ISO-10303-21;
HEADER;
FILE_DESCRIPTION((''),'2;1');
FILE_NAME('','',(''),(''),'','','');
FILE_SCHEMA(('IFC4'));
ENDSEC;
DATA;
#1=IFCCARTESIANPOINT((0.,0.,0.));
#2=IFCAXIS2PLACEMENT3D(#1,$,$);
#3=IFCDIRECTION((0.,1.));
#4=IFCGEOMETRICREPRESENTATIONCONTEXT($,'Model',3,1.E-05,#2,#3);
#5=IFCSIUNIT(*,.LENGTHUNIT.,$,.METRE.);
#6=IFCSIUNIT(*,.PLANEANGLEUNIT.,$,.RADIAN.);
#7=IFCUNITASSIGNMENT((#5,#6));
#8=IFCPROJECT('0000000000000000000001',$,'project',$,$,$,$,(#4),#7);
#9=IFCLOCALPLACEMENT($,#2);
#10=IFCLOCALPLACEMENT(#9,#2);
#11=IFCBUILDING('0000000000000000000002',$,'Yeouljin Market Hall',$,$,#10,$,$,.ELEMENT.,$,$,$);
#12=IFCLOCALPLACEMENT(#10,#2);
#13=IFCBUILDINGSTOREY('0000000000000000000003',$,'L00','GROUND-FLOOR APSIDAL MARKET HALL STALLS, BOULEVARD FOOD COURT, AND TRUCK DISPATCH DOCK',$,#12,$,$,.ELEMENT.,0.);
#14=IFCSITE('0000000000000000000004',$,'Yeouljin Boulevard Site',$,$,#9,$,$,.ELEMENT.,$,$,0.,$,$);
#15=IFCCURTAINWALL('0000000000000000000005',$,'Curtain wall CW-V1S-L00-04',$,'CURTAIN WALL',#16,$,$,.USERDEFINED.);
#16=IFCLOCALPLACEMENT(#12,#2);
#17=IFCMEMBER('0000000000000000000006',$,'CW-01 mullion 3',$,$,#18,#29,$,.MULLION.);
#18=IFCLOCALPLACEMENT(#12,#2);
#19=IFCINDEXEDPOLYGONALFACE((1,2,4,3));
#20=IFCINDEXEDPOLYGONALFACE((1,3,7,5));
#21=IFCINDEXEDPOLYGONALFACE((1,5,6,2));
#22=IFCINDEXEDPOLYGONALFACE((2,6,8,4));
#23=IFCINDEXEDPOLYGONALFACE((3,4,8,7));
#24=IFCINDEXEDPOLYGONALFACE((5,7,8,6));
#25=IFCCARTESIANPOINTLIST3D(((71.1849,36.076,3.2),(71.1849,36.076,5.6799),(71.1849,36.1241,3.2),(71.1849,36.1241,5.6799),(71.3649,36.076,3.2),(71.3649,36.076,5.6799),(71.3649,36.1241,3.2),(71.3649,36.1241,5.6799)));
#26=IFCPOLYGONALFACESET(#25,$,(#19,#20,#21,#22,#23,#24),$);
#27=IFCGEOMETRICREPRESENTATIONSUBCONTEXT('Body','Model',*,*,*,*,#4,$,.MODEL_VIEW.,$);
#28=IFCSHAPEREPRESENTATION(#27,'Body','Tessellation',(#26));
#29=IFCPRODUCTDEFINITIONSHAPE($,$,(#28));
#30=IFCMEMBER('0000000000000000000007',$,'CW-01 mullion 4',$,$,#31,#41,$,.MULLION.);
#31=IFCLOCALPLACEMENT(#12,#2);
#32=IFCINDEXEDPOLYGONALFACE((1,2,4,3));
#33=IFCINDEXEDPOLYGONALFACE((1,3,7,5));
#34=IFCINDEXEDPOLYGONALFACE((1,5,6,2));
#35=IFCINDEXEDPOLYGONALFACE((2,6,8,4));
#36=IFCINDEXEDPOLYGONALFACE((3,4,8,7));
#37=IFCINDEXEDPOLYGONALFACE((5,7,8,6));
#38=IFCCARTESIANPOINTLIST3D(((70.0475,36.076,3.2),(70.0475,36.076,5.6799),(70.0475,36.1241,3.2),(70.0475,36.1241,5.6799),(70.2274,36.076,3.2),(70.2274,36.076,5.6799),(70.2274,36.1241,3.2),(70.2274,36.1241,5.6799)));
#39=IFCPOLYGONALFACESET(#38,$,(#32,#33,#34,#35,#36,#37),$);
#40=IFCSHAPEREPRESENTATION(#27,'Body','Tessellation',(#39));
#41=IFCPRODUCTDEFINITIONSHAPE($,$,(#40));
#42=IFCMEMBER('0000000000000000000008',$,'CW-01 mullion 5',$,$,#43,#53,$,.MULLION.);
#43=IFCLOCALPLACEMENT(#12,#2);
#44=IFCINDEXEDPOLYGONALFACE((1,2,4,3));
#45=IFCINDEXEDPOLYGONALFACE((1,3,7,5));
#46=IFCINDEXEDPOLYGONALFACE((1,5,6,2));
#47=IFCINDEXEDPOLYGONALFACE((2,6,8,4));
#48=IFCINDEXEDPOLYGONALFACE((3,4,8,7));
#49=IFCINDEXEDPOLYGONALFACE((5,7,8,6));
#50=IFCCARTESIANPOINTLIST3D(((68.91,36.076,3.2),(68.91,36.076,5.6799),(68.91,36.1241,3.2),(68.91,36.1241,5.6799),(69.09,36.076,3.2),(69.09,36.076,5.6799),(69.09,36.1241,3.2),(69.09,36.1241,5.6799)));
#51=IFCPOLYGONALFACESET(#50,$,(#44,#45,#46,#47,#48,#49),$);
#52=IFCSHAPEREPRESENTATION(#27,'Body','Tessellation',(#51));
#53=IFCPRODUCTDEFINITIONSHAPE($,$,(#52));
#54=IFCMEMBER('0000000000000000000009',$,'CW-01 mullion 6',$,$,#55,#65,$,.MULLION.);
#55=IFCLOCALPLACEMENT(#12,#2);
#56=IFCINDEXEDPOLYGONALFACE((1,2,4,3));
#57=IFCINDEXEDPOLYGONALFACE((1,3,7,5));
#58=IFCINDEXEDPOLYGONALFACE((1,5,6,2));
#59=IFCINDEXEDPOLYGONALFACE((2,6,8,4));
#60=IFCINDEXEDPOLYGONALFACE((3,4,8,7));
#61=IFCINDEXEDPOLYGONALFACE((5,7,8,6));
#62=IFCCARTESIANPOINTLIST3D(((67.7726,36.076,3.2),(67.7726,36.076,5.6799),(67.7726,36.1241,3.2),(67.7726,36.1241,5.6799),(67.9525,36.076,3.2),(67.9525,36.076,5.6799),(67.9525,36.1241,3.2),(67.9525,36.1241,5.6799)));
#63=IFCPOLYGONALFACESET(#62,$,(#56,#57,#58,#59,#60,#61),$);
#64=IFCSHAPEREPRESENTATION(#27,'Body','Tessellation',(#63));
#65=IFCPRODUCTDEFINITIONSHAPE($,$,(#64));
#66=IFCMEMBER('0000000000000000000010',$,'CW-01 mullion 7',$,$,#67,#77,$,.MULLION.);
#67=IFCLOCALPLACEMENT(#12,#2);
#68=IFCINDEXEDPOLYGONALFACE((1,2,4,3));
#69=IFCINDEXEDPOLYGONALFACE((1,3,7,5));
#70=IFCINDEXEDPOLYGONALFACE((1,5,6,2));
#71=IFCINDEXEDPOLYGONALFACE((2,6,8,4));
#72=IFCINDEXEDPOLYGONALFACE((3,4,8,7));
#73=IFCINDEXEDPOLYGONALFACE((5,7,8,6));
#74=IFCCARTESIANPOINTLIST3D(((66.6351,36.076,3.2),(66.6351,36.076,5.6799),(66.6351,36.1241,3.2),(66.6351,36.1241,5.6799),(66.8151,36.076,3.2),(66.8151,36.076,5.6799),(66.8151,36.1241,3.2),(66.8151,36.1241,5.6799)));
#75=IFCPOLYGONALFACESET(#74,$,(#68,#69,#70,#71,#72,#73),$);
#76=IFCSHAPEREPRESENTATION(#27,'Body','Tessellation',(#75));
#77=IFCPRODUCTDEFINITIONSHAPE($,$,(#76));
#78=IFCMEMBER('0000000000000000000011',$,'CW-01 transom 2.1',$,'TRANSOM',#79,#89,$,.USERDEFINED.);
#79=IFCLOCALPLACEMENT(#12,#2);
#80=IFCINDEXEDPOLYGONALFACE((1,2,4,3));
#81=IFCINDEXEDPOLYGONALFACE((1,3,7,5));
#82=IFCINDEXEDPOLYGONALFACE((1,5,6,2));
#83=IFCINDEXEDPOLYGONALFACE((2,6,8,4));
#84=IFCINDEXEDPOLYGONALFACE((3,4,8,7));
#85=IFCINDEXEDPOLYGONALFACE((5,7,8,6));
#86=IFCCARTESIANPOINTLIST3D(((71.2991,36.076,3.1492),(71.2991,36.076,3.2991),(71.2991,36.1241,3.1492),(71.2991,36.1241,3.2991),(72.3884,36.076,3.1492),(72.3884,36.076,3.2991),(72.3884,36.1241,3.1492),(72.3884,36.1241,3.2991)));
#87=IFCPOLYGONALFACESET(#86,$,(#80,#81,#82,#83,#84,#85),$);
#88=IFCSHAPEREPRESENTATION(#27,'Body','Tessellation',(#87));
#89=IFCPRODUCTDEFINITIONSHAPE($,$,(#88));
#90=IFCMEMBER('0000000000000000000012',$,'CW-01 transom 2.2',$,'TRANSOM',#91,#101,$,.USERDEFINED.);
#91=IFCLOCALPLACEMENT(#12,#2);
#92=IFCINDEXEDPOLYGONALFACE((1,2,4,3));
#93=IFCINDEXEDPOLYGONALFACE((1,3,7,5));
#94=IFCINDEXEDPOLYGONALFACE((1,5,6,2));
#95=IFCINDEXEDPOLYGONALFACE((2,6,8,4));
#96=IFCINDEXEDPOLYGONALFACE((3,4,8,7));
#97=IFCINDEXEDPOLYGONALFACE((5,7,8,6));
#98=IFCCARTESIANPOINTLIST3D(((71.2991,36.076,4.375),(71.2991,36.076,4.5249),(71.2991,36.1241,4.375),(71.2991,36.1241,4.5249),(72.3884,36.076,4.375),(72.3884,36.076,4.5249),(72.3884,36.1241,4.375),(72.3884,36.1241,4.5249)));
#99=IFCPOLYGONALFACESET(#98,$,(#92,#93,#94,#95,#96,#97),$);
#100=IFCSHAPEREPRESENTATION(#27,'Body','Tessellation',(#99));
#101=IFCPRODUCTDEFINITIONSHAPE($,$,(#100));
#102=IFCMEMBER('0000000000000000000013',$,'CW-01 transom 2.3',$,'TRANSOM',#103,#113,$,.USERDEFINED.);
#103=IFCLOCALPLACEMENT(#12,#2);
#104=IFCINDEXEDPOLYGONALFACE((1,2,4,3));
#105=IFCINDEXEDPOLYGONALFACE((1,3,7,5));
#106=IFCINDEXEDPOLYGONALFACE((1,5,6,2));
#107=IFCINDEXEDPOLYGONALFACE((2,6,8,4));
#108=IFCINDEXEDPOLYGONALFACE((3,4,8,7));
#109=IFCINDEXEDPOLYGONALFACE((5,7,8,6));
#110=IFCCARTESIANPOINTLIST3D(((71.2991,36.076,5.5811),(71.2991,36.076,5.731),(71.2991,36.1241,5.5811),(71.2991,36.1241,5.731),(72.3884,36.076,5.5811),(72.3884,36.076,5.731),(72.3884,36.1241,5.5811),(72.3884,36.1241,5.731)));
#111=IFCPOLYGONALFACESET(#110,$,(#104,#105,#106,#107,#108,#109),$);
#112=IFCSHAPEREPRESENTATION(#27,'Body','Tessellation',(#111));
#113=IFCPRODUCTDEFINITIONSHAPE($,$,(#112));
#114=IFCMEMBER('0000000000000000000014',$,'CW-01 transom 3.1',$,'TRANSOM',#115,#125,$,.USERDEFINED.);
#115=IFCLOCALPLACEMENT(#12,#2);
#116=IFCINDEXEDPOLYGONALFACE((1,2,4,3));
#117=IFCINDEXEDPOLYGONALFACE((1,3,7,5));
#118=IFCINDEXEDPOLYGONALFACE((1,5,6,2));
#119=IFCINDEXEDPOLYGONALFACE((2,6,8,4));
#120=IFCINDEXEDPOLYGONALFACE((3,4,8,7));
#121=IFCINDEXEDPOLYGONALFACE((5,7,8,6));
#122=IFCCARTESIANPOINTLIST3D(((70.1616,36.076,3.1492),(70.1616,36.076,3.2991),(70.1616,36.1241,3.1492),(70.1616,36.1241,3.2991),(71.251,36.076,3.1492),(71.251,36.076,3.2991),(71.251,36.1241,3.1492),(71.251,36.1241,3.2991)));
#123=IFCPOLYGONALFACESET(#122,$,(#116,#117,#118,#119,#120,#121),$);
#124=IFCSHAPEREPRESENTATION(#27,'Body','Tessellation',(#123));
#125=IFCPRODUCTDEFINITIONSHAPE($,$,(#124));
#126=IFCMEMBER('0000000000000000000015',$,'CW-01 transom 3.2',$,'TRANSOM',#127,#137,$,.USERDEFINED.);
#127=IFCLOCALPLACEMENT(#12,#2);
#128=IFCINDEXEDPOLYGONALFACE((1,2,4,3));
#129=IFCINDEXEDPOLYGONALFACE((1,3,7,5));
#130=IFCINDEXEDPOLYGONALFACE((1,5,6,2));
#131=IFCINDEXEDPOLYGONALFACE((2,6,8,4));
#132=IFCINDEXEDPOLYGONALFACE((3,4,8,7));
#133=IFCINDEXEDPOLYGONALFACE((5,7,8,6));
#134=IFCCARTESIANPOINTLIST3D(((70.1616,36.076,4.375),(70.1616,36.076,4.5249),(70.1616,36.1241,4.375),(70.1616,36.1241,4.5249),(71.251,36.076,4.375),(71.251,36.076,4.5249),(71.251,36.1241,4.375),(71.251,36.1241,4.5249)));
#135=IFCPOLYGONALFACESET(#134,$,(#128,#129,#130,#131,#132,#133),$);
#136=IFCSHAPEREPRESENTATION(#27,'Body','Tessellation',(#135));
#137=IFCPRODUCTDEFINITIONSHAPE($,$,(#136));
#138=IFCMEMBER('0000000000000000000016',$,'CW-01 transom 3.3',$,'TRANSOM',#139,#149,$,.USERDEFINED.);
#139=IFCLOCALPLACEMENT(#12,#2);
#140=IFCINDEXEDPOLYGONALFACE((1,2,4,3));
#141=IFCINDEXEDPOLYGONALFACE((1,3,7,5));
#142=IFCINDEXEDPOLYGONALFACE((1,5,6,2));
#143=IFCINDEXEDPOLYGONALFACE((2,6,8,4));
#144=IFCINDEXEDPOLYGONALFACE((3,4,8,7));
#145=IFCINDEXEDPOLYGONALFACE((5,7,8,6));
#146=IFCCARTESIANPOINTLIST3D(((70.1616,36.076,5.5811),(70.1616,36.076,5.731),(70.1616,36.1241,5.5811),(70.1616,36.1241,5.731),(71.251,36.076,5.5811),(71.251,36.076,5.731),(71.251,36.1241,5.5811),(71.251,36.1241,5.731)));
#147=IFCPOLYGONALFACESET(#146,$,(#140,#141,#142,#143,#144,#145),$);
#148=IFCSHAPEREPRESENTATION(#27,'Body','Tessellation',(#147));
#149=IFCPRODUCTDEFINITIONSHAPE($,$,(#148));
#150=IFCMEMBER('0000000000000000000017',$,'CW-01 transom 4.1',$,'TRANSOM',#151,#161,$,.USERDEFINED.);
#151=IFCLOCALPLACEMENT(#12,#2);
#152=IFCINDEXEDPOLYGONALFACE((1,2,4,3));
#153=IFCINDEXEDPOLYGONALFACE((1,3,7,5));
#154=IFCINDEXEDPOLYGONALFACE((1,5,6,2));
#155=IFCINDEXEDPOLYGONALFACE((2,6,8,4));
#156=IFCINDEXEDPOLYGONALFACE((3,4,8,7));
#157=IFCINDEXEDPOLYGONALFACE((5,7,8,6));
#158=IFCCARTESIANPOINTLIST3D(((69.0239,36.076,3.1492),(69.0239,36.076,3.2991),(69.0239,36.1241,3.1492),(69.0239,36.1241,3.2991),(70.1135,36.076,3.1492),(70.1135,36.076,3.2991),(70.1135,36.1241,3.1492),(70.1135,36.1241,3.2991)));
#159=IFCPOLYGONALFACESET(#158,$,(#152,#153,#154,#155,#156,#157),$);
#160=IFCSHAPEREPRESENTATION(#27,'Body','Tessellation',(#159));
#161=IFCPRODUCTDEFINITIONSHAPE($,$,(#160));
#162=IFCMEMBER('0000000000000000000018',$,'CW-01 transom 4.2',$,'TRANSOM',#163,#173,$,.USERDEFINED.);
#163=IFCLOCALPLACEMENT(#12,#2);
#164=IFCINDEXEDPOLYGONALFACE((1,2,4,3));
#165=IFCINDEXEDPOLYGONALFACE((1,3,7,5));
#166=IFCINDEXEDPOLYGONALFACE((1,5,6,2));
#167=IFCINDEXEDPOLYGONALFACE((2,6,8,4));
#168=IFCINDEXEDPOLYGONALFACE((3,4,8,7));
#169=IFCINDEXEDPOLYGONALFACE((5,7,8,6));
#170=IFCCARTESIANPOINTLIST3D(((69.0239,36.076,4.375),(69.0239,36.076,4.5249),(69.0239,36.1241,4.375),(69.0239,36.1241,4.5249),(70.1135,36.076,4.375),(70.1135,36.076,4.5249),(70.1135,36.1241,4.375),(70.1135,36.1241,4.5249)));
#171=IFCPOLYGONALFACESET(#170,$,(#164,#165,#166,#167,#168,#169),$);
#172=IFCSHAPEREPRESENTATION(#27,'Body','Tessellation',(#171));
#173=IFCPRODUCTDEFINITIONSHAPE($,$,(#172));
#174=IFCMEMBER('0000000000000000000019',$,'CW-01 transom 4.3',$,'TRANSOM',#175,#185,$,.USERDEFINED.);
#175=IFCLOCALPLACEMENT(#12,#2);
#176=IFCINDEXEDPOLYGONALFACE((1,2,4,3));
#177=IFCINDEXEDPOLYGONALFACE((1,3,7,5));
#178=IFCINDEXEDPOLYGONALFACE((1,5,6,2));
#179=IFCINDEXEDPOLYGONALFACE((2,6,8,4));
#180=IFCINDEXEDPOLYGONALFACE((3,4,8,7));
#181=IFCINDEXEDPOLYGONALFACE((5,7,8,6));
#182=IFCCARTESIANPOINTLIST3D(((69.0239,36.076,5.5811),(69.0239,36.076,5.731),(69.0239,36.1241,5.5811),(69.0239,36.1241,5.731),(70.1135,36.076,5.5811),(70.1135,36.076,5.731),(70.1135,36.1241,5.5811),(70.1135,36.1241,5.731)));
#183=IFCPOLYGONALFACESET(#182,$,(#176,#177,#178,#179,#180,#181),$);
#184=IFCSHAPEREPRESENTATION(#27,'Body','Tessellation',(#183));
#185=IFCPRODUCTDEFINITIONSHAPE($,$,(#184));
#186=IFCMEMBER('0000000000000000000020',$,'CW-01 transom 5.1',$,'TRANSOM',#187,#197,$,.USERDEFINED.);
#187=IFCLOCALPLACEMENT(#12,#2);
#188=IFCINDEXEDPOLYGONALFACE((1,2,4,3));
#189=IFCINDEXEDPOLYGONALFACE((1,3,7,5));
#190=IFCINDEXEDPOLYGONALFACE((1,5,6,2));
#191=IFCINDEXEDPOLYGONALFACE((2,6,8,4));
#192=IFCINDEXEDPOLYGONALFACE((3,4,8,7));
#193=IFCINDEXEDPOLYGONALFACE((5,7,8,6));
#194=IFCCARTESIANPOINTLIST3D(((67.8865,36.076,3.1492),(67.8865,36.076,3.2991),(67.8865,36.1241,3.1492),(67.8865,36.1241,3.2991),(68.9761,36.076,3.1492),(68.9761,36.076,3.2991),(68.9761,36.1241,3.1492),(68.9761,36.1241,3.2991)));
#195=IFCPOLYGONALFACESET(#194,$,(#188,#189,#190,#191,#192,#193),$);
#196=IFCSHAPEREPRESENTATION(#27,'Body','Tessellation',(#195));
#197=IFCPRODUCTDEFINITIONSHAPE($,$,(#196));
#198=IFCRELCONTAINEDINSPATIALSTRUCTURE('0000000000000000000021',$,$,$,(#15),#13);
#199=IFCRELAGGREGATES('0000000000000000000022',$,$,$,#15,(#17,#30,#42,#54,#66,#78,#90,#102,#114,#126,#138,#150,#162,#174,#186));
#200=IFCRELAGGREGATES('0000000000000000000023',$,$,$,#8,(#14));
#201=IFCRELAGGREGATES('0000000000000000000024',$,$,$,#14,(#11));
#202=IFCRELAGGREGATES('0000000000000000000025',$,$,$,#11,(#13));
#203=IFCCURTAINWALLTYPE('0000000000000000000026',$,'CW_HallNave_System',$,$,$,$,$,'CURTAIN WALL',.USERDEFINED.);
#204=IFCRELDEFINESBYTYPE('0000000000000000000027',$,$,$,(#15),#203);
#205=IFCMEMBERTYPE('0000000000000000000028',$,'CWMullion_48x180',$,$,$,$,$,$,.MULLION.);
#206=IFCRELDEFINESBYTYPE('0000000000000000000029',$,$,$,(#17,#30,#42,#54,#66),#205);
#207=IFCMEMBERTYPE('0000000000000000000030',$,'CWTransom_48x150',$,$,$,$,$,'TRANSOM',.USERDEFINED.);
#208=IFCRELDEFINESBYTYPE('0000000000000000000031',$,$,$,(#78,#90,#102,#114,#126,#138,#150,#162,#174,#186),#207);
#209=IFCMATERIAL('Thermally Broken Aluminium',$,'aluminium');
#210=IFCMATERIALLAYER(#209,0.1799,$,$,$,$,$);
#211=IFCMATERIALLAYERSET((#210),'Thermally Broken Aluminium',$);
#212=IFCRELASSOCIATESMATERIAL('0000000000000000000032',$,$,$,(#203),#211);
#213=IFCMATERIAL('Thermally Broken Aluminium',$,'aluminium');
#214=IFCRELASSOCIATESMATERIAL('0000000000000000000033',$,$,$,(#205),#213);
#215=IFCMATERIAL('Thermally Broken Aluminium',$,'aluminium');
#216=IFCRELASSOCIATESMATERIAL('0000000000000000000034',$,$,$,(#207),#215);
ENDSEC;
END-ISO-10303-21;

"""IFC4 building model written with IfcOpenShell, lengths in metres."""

from ifc_helpers import new_model, si_unit, direction, frame, origin, origin_2d, place, context, subcontext, project, spatial, rectangle, extrude, material, layer, layer_set, material_profile, profile_set, type_object, element, aggregate, save


model = new_model("IFC4")

# Units and contexts
model_context = context("Model", 3, precision=1e-05, world=origin(), true_north=direction((0.0, 1.0)))
body_context = subcontext(model_context, "Body", "Model", "MODEL_VIEW")
ifc_project = project(units=[si_unit("LENGTHUNIT", "METRE"), si_unit("PLANEANGLEUNIT", "RADIAN")], contexts=[model_context])

# Site, building, storey
site_placement = place(None, origin())
site = spatial("IfcSite", under=ifc_project, at=site_placement, Name="Yeouljin Boulevard Site", CompositionType="ELEMENT", RefElevation=0.0)
building_placement = place(site_placement, origin())
building = spatial("IfcBuilding", under=site, at=building_placement, Name="Yeouljin Market Hall", CompositionType="ELEMENT")
storey_placement = place(building_placement, origin())
storey = spatial("IfcBuildingStorey", under=building, at=storey_placement, Name="L00", Description="GROUND-FLOOR APSIDAL MARKET HALL STALLS, BOULEVARD FOOD COURT, AND TRUCK DISPATCH DOCK", CompositionType="ELEMENT", Elevation=0.0)

# Curtain wall, members
ifc_material_1 = material(Name="Thermally Broken Aluminium", Category="aluminium")
ifc_layer_1 = layer(ifc_material_1, 0.1799)
ifc_layer_set_1 = layer_set([ifc_layer_1], Name="Thermally Broken Aluminium")
curtain_wall_type = type_object("IfcCurtainWallType", Name="CW_HallNave_System", ElementType="CURTAIN WALL", PredefinedType="USERDEFINED", material=ifc_layer_set_1)
curtain_wall_placement = place(storey_placement, origin())
curtain_wall = element("IfcCurtainWall", 1, at=curtain_wall_placement, inside=storey, type_object=curtain_wall_type, Name="Curtain wall CW-V1S-L00-04", ObjectType="CURTAIN WALL", PredefinedType="USERDEFINED")
ifc_material_2 = material(Name="Thermally Broken Aluminium", Category="aluminium")
ifc_material_profile_1 = material_profile(ifc_material_2, rectangle(XDim=0.0481, YDim=0.1799, at=origin_2d()), Name="CW-MULL-48x180")
ifc_profile_set_1 = profile_set([ifc_material_profile_1], Name="Thermally Broken Aluminium")
member_type_1 = type_object("IfcMemberType", Name="CWMullion_48x180", PredefinedType="MULLION", material=ifc_profile_set_1)
member_1_placement = place(storey_placement, frame((71.2749, 36.1001, 3.2), z_axis=(0.0, 0.0, 1.0), x_axis=(0.0, -1.0, 0.0)))
member_1 = element("IfcMember", 2, at=member_1_placement, type_object=member_type_1, Name="CW-01 mullion 3", PredefinedType="MULLION", context=body_context, shape_type="SweptSolid", body=[
    extrude(rectangle(XDim=0.0481, YDim=0.1799, at=origin_2d()), origin(), (0.0, 0.0, 1.0), 2.48),
])
member_2_placement = place(storey_placement, frame((70.1375, 36.1001, 3.2), z_axis=(0.0, 0.0, 1.0), x_axis=(0.0, -1.0, 0.0)))
member_2 = element("IfcMember", 3, at=member_2_placement, type_object=member_type_1, Name="CW-01 mullion 4", PredefinedType="MULLION", context=body_context, shape_type="SweptSolid", body=[
    extrude(rectangle(XDim=0.0481, YDim=0.1799, at=origin_2d()), origin(), (0.0, 0.0, 1.0), 2.48),
])
member_3_placement = place(storey_placement, frame((69.0, 36.1001, 3.2), z_axis=(0.0, 0.0, 1.0), x_axis=(0.0, -1.0, 0.0)))
member_3 = element("IfcMember", 4, at=member_3_placement, type_object=member_type_1, Name="CW-01 mullion 5", PredefinedType="MULLION", context=body_context, shape_type="SweptSolid", body=[
    extrude(rectangle(XDim=0.0481, YDim=0.1799, at=origin_2d()), origin(), (0.0, 0.0, 1.0), 2.48),
])
member_4_placement = place(storey_placement, frame((67.8625, 36.1001, 3.2), z_axis=(0.0, 0.0, 1.0), x_axis=(0.0, -1.0, 0.0)))
member_4 = element("IfcMember", 5, at=member_4_placement, type_object=member_type_1, Name="CW-01 mullion 6", PredefinedType="MULLION", context=body_context, shape_type="SweptSolid", body=[
    extrude(rectangle(XDim=0.0481, YDim=0.1799, at=origin_2d()), origin(), (0.0, 0.0, 1.0), 2.48),
])
member_5_placement = place(storey_placement, frame((66.7251, 36.1001, 3.2), z_axis=(0.0, 0.0, 1.0), x_axis=(0.0, -1.0, 0.0)))
member_5 = element("IfcMember", 6, at=member_5_placement, type_object=member_type_1, Name="CW-01 mullion 7", PredefinedType="MULLION", context=body_context, shape_type="SweptSolid", body=[
    extrude(rectangle(XDim=0.0481, YDim=0.1799, at=origin_2d()), origin(), (0.0, 0.0, 1.0), 2.48),
])
ifc_material_3 = material(Name="Thermally Broken Aluminium", Category="aluminium")
ifc_material_profile_2 = material_profile(ifc_material_3, rectangle(XDim=0.0481, YDim=0.1499, at=origin_2d()), Name="CW-TRAN-48x150")
ifc_profile_set_2 = profile_set([ifc_material_profile_2], Name="Thermally Broken Aluminium")
member_type_2 = type_object("IfcMemberType", Name="CWTransom_48x150", ElementType="TRANSOM", PredefinedType="USERDEFINED", material=ifc_profile_set_2)
member_6_placement = place(storey_placement, frame((72.3884, 36.1001, 3.2241), z_axis=(-1.0, 0.0, 0.0), x_axis=(0.0, -1.0, 0.0)))
member_6 = element("IfcMember", 7, at=member_6_placement, type_object=member_type_2, Name="CW-01 transom 2.1", ObjectType="TRANSOM", PredefinedType="USERDEFINED", context=body_context, shape_type="SweptSolid", body=[
    extrude(rectangle(XDim=0.0481, YDim=0.1499, at=origin_2d()), origin(), (0.0, 0.0, 1.0), 1.0894),
])
member_7_placement = place(storey_placement, frame((72.3884, 36.1001, 4.45), z_axis=(-1.0, 0.0, 0.0), x_axis=(0.0, -1.0, 0.0)))
member_7 = element("IfcMember", 8, at=member_7_placement, type_object=member_type_2, Name="CW-01 transom 2.2", ObjectType="TRANSOM", PredefinedType="USERDEFINED", context=body_context, shape_type="SweptSolid", body=[
    extrude(rectangle(XDim=0.0481, YDim=0.1499, at=origin_2d()), origin(), (0.0, 0.0, 1.0), 1.0894),
])
member_8_placement = place(storey_placement, frame((72.3884, 36.1001, 5.656), z_axis=(-1.0, 0.0, 0.0), x_axis=(0.0, -1.0, 0.0)))
member_8 = element("IfcMember", 9, at=member_8_placement, type_object=member_type_2, Name="CW-01 transom 2.3", ObjectType="TRANSOM", PredefinedType="USERDEFINED", context=body_context, shape_type="SweptSolid", body=[
    extrude(rectangle(XDim=0.0481, YDim=0.1499, at=origin_2d()), origin(), (0.0, 0.0, 1.0), 1.0894),
])
member_9_placement = place(storey_placement, frame((71.251, 36.1001, 3.2241), z_axis=(-1.0, 0.0, 0.0), x_axis=(0.0, -1.0, 0.0)))
member_9 = element("IfcMember", 10, at=member_9_placement, type_object=member_type_2, Name="CW-01 transom 3.1", ObjectType="TRANSOM", PredefinedType="USERDEFINED", context=body_context, shape_type="SweptSolid", body=[
    extrude(rectangle(XDim=0.0481, YDim=0.1499, at=origin_2d()), origin(), (0.0, 0.0, 1.0), 1.0894),
])
member_10_placement = place(storey_placement, frame((71.251, 36.1001, 4.45), z_axis=(-1.0, 0.0, 0.0), x_axis=(0.0, -1.0, 0.0)))
member_10 = element("IfcMember", 11, at=member_10_placement, type_object=member_type_2, Name="CW-01 transom 3.2", ObjectType="TRANSOM", PredefinedType="USERDEFINED", context=body_context, shape_type="SweptSolid", body=[
    extrude(rectangle(XDim=0.0481, YDim=0.1499, at=origin_2d()), origin(), (0.0, 0.0, 1.0), 1.0894),
])
member_11_placement = place(storey_placement, frame((71.251, 36.1001, 5.656), z_axis=(-1.0, 0.0, 0.0), x_axis=(0.0, -1.0, 0.0)))
member_11 = element("IfcMember", 12, at=member_11_placement, type_object=member_type_2, Name="CW-01 transom 3.3", ObjectType="TRANSOM", PredefinedType="USERDEFINED", context=body_context, shape_type="SweptSolid", body=[
    extrude(rectangle(XDim=0.0481, YDim=0.1499, at=origin_2d()), origin(), (0.0, 0.0, 1.0), 1.0894),
])
member_12_placement = place(storey_placement, frame((70.1135, 36.1001, 3.2241), z_axis=(-1.0, 0.0, 0.0), x_axis=(0.0, -1.0, 0.0)))
member_12 = element("IfcMember", 13, at=member_12_placement, type_object=member_type_2, Name="CW-01 transom 4.1", ObjectType="TRANSOM", PredefinedType="USERDEFINED", context=body_context, shape_type="SweptSolid", body=[
    extrude(rectangle(XDim=0.0481, YDim=0.1499, at=origin_2d()), origin(), (0.0, 0.0, 1.0), 1.0896),
])
member_13_placement = place(storey_placement, frame((70.1135, 36.1001, 4.45), z_axis=(-1.0, 0.0, 0.0), x_axis=(0.0, -1.0, 0.0)))
member_13 = element("IfcMember", 14, at=member_13_placement, type_object=member_type_2, Name="CW-01 transom 4.2", ObjectType="TRANSOM", PredefinedType="USERDEFINED", context=body_context, shape_type="SweptSolid", body=[
    extrude(rectangle(XDim=0.0481, YDim=0.1499, at=origin_2d()), origin(), (0.0, 0.0, 1.0), 1.0896),
])
member_14_placement = place(storey_placement, frame((70.1135, 36.1001, 5.656), z_axis=(-1.0, 0.0, 0.0), x_axis=(0.0, -1.0, 0.0)))
member_14 = element("IfcMember", 15, at=member_14_placement, type_object=member_type_2, Name="CW-01 transom 4.3", ObjectType="TRANSOM", PredefinedType="USERDEFINED", context=body_context, shape_type="SweptSolid", body=[
    extrude(rectangle(XDim=0.0481, YDim=0.1499, at=origin_2d()), origin(), (0.0, 0.0, 1.0), 1.0896),
])
member_15_placement = place(storey_placement, frame((68.9761, 36.1001, 3.2241), z_axis=(-1.0, 0.0, 0.0), x_axis=(0.0, -1.0, 0.0)))
member_15 = element("IfcMember", 16, at=member_15_placement, type_object=member_type_2, Name="CW-01 transom 5.1", ObjectType="TRANSOM", PredefinedType="USERDEFINED", context=body_context, shape_type="SweptSolid", body=[
    extrude(rectangle(XDim=0.0481, YDim=0.1499, at=origin_2d()), origin(), (0.0, 0.0, 1.0), 1.0896),
])
aggregate(curtain_wall, [member_1, member_2, member_3, member_4, member_5, member_6, member_7, member_8, member_9, member_10, member_11, member_12, member_13, member_14, member_15])

save(model, "model.ifc")
